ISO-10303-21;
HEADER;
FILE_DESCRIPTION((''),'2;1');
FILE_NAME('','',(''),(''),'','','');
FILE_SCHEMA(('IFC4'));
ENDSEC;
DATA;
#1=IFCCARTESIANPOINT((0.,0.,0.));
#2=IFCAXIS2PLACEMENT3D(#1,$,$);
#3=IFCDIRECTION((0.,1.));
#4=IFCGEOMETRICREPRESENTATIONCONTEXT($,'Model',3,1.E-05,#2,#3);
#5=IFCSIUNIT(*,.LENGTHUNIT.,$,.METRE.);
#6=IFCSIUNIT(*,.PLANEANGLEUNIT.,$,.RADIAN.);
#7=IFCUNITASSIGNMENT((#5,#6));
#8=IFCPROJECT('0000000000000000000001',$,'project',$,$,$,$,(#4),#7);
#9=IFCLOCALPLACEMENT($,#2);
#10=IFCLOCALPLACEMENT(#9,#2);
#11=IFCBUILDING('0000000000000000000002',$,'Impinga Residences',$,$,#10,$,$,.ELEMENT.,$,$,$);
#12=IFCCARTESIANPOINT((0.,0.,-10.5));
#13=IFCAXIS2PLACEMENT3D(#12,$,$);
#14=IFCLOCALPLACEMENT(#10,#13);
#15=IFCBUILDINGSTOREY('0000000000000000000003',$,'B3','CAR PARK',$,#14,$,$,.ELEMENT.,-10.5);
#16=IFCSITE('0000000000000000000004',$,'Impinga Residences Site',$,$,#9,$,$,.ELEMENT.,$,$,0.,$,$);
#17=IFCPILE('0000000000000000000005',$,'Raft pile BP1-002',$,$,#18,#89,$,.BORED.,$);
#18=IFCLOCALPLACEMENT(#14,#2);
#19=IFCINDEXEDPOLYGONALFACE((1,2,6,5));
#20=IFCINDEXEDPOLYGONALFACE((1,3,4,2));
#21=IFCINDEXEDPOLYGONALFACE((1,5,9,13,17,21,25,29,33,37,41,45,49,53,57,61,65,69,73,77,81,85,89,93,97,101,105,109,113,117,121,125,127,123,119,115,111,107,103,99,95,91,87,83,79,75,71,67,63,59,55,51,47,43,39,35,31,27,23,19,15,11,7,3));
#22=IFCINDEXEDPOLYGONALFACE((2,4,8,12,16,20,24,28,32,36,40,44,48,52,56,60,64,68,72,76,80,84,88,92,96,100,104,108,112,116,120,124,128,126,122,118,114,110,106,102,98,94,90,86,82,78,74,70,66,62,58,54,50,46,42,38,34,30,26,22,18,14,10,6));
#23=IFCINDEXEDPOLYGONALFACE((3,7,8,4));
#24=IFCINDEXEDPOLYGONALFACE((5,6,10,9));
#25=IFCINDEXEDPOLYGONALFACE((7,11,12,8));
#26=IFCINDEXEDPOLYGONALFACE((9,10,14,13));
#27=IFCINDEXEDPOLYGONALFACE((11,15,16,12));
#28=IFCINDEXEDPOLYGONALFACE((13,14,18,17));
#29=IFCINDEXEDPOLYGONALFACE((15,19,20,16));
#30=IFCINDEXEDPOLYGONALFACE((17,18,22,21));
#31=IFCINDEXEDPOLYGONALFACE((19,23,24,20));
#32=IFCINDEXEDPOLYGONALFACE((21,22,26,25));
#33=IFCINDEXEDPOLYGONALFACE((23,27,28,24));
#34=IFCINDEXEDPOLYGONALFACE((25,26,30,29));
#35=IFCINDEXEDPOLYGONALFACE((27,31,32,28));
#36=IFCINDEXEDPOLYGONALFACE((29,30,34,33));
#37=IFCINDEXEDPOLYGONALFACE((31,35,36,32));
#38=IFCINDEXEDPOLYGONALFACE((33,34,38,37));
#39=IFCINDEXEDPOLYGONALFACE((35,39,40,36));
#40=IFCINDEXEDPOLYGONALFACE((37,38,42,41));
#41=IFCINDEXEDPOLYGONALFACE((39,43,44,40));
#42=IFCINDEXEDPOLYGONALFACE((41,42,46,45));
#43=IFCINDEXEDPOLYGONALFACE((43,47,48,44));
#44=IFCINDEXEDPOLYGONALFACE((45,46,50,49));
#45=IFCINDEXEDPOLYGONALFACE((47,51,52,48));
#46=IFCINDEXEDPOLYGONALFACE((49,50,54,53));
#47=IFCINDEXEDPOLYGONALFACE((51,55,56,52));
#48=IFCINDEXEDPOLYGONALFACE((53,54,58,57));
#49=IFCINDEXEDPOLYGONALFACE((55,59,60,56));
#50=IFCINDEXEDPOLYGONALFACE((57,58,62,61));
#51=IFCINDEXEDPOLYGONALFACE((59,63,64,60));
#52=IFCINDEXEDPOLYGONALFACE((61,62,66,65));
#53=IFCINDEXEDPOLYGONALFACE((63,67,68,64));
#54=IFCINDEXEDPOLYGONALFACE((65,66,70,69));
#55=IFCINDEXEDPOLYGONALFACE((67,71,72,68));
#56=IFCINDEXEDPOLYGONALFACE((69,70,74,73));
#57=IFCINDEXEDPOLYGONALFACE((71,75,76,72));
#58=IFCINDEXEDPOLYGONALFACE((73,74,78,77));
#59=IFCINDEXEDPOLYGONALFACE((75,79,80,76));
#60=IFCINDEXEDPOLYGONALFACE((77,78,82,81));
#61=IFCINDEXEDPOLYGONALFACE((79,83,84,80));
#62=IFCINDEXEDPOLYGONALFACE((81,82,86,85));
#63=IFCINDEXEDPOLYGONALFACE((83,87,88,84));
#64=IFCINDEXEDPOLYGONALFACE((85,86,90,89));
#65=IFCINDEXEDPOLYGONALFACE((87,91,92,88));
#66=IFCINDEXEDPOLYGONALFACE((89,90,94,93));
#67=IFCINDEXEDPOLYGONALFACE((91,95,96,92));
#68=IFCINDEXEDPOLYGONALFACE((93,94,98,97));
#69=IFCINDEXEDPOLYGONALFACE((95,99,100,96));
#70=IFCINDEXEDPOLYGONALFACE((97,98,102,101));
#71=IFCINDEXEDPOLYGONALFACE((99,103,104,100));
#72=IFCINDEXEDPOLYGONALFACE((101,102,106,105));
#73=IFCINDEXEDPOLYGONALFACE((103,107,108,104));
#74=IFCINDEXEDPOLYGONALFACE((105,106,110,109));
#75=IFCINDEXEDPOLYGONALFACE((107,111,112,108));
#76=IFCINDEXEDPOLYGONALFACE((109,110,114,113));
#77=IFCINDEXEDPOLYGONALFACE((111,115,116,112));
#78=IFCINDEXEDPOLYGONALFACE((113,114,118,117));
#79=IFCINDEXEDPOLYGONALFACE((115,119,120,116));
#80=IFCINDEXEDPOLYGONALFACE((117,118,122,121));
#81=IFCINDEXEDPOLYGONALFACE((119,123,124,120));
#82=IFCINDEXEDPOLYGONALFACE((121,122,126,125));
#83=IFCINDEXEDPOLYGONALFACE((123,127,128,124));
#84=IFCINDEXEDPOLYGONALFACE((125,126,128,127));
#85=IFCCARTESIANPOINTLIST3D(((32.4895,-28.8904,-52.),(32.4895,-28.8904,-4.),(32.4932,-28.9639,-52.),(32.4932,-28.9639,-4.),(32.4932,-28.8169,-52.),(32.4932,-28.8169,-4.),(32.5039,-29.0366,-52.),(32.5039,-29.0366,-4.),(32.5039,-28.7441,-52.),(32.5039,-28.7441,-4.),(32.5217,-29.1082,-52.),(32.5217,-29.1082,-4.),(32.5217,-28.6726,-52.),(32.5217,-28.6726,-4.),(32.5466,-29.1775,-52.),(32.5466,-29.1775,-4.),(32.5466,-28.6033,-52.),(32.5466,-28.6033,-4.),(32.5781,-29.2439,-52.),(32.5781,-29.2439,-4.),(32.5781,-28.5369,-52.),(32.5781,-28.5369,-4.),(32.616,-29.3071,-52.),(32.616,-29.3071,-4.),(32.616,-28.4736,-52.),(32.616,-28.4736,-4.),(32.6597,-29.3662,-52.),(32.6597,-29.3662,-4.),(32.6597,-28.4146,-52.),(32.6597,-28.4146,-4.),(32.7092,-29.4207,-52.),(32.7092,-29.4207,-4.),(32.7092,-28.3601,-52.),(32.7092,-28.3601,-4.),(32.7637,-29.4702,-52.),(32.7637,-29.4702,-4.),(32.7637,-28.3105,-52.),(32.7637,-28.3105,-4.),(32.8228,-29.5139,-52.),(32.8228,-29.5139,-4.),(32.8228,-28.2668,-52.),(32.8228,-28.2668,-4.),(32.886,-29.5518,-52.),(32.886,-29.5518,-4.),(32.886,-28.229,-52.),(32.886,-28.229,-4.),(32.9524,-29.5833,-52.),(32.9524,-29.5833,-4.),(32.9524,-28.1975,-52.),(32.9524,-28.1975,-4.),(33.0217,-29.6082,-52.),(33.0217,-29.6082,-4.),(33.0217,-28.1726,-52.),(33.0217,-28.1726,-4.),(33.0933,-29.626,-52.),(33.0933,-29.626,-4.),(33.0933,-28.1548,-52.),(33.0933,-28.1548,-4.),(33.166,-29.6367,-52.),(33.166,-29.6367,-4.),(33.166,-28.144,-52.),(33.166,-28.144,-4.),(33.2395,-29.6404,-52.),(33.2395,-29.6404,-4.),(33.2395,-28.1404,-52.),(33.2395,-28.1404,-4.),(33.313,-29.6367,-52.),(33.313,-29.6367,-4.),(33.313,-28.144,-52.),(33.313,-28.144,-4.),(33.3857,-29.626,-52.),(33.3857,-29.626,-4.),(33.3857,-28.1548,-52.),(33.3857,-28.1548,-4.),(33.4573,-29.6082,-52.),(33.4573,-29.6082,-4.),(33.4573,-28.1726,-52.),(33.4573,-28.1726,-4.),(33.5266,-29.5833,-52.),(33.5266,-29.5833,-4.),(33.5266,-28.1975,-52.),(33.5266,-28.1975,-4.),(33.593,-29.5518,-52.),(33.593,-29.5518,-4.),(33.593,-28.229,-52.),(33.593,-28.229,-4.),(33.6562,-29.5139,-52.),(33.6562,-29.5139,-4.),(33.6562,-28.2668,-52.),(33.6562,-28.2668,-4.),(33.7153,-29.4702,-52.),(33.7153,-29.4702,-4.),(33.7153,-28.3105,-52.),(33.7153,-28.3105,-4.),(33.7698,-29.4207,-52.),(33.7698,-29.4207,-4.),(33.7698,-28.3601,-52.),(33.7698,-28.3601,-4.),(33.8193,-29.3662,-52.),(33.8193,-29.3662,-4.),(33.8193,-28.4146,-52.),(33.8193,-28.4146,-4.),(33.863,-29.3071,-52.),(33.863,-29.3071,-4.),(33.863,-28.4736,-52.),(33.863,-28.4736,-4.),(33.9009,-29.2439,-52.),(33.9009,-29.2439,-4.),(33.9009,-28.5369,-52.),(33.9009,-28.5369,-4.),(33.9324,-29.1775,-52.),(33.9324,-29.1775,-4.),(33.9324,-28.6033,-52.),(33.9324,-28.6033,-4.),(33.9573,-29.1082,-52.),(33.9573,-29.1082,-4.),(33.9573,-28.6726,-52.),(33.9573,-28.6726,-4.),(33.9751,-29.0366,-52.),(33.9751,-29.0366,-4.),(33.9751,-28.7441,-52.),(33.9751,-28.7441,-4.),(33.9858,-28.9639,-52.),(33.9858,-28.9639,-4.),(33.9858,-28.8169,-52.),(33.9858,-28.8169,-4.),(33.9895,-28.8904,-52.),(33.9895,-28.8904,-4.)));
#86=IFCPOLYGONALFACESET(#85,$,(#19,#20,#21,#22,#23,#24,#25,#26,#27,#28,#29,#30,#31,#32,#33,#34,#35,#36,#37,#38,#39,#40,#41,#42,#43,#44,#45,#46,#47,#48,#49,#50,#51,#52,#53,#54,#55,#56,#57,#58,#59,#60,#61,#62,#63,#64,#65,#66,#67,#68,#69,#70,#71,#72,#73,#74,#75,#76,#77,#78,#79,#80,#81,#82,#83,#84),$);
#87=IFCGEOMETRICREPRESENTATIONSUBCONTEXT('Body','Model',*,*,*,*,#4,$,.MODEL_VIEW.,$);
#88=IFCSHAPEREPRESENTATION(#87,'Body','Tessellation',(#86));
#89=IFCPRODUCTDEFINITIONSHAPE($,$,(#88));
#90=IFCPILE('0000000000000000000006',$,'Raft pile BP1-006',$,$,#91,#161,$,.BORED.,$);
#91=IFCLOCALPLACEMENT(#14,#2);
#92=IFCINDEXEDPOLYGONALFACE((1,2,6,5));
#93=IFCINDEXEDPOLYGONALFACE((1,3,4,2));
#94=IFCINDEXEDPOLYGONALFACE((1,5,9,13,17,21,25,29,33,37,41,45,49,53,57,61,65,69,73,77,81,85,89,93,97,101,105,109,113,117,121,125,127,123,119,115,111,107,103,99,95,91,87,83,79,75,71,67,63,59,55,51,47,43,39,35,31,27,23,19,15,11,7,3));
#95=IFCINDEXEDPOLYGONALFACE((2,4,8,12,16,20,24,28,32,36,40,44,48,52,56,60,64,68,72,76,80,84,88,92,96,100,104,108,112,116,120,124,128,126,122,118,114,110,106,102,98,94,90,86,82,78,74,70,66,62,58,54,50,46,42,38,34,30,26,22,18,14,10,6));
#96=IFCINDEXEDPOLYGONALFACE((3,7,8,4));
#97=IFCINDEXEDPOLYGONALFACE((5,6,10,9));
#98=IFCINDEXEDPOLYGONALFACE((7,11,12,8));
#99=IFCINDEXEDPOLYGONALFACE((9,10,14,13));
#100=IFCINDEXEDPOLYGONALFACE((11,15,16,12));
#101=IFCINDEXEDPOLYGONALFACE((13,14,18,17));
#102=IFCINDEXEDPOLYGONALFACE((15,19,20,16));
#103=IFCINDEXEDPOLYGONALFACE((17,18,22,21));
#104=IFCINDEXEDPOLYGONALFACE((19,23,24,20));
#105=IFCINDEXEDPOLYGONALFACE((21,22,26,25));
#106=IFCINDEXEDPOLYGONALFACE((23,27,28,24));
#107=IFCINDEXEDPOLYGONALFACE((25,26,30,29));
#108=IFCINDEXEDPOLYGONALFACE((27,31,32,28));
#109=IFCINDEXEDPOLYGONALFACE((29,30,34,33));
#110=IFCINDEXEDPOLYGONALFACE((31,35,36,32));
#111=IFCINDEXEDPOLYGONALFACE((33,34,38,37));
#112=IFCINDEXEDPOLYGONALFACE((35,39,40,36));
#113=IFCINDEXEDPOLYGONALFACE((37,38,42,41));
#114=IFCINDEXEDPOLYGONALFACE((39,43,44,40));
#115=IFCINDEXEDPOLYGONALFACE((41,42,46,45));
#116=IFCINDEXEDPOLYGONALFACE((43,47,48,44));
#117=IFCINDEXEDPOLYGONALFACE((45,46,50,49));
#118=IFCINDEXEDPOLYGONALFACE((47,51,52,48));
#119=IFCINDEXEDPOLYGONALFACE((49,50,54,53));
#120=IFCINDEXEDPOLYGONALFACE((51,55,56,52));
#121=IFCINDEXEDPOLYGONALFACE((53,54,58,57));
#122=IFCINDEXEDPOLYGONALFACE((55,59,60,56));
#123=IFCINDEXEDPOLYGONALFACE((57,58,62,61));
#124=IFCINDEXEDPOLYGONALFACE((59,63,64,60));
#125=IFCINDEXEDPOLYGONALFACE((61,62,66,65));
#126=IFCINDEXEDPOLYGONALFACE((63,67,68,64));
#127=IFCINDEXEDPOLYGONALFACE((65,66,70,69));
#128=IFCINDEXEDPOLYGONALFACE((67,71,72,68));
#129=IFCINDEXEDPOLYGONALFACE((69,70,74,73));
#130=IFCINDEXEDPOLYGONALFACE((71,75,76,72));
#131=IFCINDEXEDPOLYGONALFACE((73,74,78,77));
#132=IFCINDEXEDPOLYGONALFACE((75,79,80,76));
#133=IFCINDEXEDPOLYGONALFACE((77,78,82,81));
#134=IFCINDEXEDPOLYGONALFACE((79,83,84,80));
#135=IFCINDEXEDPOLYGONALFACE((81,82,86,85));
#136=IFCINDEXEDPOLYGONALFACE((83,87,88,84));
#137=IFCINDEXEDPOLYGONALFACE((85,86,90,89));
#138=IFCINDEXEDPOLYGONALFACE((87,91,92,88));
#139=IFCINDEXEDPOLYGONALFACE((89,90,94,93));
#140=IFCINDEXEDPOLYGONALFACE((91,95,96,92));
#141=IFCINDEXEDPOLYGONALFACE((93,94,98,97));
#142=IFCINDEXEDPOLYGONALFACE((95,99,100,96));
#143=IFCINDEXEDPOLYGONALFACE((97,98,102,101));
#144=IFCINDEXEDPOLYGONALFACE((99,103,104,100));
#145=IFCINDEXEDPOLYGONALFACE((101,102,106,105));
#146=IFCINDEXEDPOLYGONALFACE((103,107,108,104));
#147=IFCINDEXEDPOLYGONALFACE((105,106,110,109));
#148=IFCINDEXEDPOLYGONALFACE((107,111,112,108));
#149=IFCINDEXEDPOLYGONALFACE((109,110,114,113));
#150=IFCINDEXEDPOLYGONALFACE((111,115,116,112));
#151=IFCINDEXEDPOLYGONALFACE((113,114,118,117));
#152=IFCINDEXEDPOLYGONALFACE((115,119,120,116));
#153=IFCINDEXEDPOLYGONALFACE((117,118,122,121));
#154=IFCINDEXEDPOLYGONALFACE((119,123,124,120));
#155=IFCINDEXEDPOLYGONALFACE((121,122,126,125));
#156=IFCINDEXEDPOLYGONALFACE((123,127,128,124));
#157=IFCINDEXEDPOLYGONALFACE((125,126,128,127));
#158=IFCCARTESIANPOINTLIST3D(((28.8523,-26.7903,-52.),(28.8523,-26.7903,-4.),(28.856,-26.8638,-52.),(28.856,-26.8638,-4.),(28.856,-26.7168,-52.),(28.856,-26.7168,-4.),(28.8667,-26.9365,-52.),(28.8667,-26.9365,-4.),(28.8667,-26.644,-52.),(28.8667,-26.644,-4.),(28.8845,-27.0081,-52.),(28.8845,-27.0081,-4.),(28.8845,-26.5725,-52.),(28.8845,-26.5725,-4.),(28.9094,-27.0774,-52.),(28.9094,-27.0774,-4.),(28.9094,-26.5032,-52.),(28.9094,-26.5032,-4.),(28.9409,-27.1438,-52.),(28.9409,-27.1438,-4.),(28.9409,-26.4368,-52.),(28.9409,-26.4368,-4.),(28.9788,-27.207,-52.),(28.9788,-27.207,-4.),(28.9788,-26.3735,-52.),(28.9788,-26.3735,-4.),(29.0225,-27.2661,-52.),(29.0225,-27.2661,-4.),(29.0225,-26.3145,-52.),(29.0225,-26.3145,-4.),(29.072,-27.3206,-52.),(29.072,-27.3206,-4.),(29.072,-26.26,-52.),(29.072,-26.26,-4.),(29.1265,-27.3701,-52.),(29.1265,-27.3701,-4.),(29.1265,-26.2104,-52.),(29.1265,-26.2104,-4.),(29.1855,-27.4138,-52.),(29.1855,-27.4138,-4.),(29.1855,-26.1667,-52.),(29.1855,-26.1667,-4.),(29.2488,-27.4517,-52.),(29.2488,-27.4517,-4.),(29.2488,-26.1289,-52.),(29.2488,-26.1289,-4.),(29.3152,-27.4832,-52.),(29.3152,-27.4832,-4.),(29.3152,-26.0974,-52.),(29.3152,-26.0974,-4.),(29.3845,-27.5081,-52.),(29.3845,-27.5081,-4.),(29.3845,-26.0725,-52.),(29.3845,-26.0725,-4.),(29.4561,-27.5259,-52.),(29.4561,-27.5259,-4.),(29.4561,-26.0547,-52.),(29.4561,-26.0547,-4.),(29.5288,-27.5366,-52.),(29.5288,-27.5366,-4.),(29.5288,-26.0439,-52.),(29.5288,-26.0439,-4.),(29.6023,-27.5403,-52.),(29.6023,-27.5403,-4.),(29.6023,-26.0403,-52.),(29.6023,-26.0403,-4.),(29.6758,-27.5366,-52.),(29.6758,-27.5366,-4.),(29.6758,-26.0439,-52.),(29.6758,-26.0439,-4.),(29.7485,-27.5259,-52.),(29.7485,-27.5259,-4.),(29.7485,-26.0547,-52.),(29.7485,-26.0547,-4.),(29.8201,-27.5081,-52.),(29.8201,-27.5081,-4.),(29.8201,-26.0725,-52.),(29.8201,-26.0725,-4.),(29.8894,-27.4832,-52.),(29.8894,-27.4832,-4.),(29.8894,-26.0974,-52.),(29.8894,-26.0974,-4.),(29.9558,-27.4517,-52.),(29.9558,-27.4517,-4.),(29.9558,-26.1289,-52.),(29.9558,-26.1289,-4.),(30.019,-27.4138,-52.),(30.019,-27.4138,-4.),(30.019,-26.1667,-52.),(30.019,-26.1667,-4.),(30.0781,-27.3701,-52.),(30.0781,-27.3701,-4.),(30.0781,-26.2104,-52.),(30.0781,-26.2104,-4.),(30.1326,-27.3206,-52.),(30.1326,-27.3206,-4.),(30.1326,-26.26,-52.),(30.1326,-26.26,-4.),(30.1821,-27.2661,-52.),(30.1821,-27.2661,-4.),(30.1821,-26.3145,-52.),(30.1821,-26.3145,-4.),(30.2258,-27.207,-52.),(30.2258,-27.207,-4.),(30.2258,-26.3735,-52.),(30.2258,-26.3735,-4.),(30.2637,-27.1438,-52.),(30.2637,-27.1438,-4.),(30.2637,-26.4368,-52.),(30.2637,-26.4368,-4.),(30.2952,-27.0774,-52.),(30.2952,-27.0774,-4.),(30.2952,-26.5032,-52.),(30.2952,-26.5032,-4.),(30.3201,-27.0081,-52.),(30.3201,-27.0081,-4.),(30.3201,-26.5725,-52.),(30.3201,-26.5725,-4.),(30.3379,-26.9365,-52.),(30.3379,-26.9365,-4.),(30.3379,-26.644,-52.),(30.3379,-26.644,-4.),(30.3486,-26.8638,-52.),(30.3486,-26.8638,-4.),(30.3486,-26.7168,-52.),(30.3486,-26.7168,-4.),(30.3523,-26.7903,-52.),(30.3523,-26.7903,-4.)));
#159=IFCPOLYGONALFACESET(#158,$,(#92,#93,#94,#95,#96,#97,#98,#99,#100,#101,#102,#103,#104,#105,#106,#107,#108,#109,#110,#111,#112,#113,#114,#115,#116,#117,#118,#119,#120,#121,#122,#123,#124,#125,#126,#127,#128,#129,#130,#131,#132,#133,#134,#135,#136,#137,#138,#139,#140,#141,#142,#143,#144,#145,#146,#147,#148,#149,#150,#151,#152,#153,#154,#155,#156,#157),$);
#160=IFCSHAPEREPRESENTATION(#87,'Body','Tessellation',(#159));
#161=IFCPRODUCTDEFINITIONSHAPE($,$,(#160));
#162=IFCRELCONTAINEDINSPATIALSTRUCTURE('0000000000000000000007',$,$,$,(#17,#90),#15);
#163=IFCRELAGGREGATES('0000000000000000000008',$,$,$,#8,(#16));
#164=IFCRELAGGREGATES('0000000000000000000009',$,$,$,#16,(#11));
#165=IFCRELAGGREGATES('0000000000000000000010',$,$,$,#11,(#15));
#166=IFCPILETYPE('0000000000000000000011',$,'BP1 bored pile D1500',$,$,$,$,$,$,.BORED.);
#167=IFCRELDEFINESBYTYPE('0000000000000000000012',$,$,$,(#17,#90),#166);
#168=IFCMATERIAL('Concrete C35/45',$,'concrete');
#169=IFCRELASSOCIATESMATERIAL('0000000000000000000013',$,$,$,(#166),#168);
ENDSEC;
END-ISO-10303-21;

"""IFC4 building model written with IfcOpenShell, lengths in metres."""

from ifc_helpers import new_model, si_unit, direction, frame, origin, origin_2d, place, context, subcontext, project, spatial, polyline, circle, outline, extrude, material, material_profile, profile_set, type_object, element, save


model = new_model("IFC4")

# Units and contexts
model_context = context("Model", 3, precision=1e-05, world=origin(), true_north=direction((0.0, 1.0)))
body_context = subcontext(model_context, "Body", "Model", "MODEL_VIEW")
ifc_project = project(units=[si_unit("LENGTHUNIT", "METRE"), si_unit("PLANEANGLEUNIT", "RADIAN")], contexts=[model_context])

# Site, building, storey
site_placement = place(None, origin())
site = spatial("IfcSite", under=ifc_project, at=site_placement, Name="Impinga Residences Site", CompositionType="ELEMENT", RefElevation=0.0)
building_placement = place(site_placement, origin())
building = spatial("IfcBuilding", under=site, at=building_placement, Name="Impinga Residences", CompositionType="ELEMENT")
storey_placement = place(building_placement, frame((0.0, 0.0, -10.5)))
storey = spatial("IfcBuildingStorey", under=building, at=storey_placement, Name="B3", Description="CAR PARK", CompositionType="ELEMENT", Elevation=-10.5)

# Piles
ifc_material_1 = material(Name="Concrete C35/45", Category="concrete")
ifc_material_profile_1 = material_profile(ifc_material_1, circle(Radius=0.75, at=origin_2d()), Name="D1500")
ifc_profile_set_1 = profile_set([ifc_material_profile_1], Name="Concrete C35/45")
pile_type_1 = type_object("IfcPileType", Name="BP1 bored pile D1500", PredefinedType="BORED", material=ifc_profile_set_1)
pile_1_placement = place(storey_placement, frame((33.2395, -28.8904, -4.0), z_axis=(0.0, 0.0, -1.0), x_axis=(1.0, 0.0, 0.0)))
element("IfcPile", 1, at=pile_1_placement, inside=storey, type_object=pile_type_1, Name="Raft pile BP1-002", PredefinedType="BORED", context=body_context, shape_type="SweptSolid", body=[
    extrude(outline(polyline([(0.75, 0.0), (0.7463, 0.0735), (0.7356, 0.1462), (0.7178, 0.2178), (0.6929, 0.2871), (0.6614, 0.3535), (0.6235, 0.4167), (0.5798, 0.4758), (0.5303, 0.5303), (0.4758, 0.5798), (0.4167, 0.6235), (0.3535, 0.6614), (0.2871, 0.6929), (0.2178, 0.7178), (0.1462, 0.7356), (0.0735, 0.7463), (0.0, 0.75), (-0.0735, 0.7463), (-0.1462, 0.7356), (-0.2178, 0.7178), (-0.2871, 0.6929), (-0.3535, 0.6614), (-0.4167, 0.6235), (-0.4758, 0.5798), (-0.5303, 0.5303), (-0.5798, 0.4758), (-0.6235, 0.4167), (-0.6614, 0.3535), (-0.6929, 0.2871), (-0.7178, 0.2178), (-0.7356, 0.1462), (-0.7463, 0.0735), (-0.75, 0.0), (-0.7463, -0.0735), (-0.7356, -0.1462), (-0.7178, -0.2178), (-0.6929, -0.2871), (-0.6614, -0.3535), (-0.6235, -0.4167), (-0.5798, -0.4758), (-0.5303, -0.5303), (-0.4758, -0.5798), (-0.4167, -0.6235), (-0.3535, -0.6614), (-0.2871, -0.6929), (-0.2178, -0.7178), (-0.1462, -0.7356), (-0.0735, -0.7463), (0.0, -0.75), (0.0735, -0.7463), (0.1462, -0.7356), (0.2178, -0.7178), (0.2871, -0.6929), (0.3535, -0.6614), (0.4167, -0.6235), (0.4758, -0.5798), (0.5303, -0.5303), (0.5798, -0.4758), (0.6235, -0.4167), (0.6614, -0.3535), (0.6929, -0.2871), (0.7178, -0.2178), (0.7356, -0.1462), (0.7463, -0.0735), (0.75, 0.0)])), origin(), (0.0, 0.0, 1.0), 48.0),
])
pile_2_placement = place(storey_placement, frame((29.6023, -26.7903, -4.0), z_axis=(0.0, 0.0, -1.0), x_axis=(1.0, 0.0, 0.0)))
element("IfcPile", 2, at=pile_2_placement, inside=storey, type_object=pile_type_1, Name="Raft pile BP1-006", PredefinedType="BORED", context=body_context, shape_type="SweptSolid", body=[
    extrude(outline(polyline([(0.75, 0.0), (0.7463, 0.0735), (0.7356, 0.1462), (0.7178, 0.2178), (0.6929, 0.2871), (0.6614, 0.3535), (0.6235, 0.4167), (0.5798, 0.4758), (0.5303, 0.5303), (0.4758, 0.5798), (0.4167, 0.6235), (0.3535, 0.6614), (0.2871, 0.6929), (0.2178, 0.7178), (0.1462, 0.7356), (0.0735, 0.7463), (0.0, 0.75), (-0.0735, 0.7463), (-0.1462, 0.7356), (-0.2178, 0.7178), (-0.2871, 0.6929), (-0.3535, 0.6614), (-0.4167, 0.6235), (-0.4758, 0.5798), (-0.5303, 0.5303), (-0.5798, 0.4758), (-0.6235, 0.4167), (-0.6614, 0.3535), (-0.6929, 0.2871), (-0.7178, 0.2178), (-0.7356, 0.1462), (-0.7463, 0.0735), (-0.75, 0.0), (-0.7463, -0.0735), (-0.7356, -0.1462), (-0.7178, -0.2178), (-0.6929, -0.2871), (-0.6614, -0.3535), (-0.6235, -0.4167), (-0.5798, -0.4758), (-0.5303, -0.5303), (-0.4758, -0.5798), (-0.4167, -0.6235), (-0.3535, -0.6614), (-0.2871, -0.6929), (-0.2178, -0.7178), (-0.1462, -0.7356), (-0.0735, -0.7463), (0.0, -0.75), (0.0735, -0.7463), (0.1462, -0.7356), (0.2178, -0.7178), (0.2871, -0.6929), (0.3535, -0.6614), (0.4167, -0.6235), (0.4758, -0.5798), (0.5303, -0.5303), (0.5798, -0.4758), (0.6235, -0.4167), (0.6614, -0.3535), (0.6929, -0.2871), (0.7178, -0.2178), (0.7356, -0.1462), (0.7463, -0.0735), (0.75, 0.0)])), origin(), (0.0, 0.0, 1.0), 48.0),
])

save(model, "model.ifc")
